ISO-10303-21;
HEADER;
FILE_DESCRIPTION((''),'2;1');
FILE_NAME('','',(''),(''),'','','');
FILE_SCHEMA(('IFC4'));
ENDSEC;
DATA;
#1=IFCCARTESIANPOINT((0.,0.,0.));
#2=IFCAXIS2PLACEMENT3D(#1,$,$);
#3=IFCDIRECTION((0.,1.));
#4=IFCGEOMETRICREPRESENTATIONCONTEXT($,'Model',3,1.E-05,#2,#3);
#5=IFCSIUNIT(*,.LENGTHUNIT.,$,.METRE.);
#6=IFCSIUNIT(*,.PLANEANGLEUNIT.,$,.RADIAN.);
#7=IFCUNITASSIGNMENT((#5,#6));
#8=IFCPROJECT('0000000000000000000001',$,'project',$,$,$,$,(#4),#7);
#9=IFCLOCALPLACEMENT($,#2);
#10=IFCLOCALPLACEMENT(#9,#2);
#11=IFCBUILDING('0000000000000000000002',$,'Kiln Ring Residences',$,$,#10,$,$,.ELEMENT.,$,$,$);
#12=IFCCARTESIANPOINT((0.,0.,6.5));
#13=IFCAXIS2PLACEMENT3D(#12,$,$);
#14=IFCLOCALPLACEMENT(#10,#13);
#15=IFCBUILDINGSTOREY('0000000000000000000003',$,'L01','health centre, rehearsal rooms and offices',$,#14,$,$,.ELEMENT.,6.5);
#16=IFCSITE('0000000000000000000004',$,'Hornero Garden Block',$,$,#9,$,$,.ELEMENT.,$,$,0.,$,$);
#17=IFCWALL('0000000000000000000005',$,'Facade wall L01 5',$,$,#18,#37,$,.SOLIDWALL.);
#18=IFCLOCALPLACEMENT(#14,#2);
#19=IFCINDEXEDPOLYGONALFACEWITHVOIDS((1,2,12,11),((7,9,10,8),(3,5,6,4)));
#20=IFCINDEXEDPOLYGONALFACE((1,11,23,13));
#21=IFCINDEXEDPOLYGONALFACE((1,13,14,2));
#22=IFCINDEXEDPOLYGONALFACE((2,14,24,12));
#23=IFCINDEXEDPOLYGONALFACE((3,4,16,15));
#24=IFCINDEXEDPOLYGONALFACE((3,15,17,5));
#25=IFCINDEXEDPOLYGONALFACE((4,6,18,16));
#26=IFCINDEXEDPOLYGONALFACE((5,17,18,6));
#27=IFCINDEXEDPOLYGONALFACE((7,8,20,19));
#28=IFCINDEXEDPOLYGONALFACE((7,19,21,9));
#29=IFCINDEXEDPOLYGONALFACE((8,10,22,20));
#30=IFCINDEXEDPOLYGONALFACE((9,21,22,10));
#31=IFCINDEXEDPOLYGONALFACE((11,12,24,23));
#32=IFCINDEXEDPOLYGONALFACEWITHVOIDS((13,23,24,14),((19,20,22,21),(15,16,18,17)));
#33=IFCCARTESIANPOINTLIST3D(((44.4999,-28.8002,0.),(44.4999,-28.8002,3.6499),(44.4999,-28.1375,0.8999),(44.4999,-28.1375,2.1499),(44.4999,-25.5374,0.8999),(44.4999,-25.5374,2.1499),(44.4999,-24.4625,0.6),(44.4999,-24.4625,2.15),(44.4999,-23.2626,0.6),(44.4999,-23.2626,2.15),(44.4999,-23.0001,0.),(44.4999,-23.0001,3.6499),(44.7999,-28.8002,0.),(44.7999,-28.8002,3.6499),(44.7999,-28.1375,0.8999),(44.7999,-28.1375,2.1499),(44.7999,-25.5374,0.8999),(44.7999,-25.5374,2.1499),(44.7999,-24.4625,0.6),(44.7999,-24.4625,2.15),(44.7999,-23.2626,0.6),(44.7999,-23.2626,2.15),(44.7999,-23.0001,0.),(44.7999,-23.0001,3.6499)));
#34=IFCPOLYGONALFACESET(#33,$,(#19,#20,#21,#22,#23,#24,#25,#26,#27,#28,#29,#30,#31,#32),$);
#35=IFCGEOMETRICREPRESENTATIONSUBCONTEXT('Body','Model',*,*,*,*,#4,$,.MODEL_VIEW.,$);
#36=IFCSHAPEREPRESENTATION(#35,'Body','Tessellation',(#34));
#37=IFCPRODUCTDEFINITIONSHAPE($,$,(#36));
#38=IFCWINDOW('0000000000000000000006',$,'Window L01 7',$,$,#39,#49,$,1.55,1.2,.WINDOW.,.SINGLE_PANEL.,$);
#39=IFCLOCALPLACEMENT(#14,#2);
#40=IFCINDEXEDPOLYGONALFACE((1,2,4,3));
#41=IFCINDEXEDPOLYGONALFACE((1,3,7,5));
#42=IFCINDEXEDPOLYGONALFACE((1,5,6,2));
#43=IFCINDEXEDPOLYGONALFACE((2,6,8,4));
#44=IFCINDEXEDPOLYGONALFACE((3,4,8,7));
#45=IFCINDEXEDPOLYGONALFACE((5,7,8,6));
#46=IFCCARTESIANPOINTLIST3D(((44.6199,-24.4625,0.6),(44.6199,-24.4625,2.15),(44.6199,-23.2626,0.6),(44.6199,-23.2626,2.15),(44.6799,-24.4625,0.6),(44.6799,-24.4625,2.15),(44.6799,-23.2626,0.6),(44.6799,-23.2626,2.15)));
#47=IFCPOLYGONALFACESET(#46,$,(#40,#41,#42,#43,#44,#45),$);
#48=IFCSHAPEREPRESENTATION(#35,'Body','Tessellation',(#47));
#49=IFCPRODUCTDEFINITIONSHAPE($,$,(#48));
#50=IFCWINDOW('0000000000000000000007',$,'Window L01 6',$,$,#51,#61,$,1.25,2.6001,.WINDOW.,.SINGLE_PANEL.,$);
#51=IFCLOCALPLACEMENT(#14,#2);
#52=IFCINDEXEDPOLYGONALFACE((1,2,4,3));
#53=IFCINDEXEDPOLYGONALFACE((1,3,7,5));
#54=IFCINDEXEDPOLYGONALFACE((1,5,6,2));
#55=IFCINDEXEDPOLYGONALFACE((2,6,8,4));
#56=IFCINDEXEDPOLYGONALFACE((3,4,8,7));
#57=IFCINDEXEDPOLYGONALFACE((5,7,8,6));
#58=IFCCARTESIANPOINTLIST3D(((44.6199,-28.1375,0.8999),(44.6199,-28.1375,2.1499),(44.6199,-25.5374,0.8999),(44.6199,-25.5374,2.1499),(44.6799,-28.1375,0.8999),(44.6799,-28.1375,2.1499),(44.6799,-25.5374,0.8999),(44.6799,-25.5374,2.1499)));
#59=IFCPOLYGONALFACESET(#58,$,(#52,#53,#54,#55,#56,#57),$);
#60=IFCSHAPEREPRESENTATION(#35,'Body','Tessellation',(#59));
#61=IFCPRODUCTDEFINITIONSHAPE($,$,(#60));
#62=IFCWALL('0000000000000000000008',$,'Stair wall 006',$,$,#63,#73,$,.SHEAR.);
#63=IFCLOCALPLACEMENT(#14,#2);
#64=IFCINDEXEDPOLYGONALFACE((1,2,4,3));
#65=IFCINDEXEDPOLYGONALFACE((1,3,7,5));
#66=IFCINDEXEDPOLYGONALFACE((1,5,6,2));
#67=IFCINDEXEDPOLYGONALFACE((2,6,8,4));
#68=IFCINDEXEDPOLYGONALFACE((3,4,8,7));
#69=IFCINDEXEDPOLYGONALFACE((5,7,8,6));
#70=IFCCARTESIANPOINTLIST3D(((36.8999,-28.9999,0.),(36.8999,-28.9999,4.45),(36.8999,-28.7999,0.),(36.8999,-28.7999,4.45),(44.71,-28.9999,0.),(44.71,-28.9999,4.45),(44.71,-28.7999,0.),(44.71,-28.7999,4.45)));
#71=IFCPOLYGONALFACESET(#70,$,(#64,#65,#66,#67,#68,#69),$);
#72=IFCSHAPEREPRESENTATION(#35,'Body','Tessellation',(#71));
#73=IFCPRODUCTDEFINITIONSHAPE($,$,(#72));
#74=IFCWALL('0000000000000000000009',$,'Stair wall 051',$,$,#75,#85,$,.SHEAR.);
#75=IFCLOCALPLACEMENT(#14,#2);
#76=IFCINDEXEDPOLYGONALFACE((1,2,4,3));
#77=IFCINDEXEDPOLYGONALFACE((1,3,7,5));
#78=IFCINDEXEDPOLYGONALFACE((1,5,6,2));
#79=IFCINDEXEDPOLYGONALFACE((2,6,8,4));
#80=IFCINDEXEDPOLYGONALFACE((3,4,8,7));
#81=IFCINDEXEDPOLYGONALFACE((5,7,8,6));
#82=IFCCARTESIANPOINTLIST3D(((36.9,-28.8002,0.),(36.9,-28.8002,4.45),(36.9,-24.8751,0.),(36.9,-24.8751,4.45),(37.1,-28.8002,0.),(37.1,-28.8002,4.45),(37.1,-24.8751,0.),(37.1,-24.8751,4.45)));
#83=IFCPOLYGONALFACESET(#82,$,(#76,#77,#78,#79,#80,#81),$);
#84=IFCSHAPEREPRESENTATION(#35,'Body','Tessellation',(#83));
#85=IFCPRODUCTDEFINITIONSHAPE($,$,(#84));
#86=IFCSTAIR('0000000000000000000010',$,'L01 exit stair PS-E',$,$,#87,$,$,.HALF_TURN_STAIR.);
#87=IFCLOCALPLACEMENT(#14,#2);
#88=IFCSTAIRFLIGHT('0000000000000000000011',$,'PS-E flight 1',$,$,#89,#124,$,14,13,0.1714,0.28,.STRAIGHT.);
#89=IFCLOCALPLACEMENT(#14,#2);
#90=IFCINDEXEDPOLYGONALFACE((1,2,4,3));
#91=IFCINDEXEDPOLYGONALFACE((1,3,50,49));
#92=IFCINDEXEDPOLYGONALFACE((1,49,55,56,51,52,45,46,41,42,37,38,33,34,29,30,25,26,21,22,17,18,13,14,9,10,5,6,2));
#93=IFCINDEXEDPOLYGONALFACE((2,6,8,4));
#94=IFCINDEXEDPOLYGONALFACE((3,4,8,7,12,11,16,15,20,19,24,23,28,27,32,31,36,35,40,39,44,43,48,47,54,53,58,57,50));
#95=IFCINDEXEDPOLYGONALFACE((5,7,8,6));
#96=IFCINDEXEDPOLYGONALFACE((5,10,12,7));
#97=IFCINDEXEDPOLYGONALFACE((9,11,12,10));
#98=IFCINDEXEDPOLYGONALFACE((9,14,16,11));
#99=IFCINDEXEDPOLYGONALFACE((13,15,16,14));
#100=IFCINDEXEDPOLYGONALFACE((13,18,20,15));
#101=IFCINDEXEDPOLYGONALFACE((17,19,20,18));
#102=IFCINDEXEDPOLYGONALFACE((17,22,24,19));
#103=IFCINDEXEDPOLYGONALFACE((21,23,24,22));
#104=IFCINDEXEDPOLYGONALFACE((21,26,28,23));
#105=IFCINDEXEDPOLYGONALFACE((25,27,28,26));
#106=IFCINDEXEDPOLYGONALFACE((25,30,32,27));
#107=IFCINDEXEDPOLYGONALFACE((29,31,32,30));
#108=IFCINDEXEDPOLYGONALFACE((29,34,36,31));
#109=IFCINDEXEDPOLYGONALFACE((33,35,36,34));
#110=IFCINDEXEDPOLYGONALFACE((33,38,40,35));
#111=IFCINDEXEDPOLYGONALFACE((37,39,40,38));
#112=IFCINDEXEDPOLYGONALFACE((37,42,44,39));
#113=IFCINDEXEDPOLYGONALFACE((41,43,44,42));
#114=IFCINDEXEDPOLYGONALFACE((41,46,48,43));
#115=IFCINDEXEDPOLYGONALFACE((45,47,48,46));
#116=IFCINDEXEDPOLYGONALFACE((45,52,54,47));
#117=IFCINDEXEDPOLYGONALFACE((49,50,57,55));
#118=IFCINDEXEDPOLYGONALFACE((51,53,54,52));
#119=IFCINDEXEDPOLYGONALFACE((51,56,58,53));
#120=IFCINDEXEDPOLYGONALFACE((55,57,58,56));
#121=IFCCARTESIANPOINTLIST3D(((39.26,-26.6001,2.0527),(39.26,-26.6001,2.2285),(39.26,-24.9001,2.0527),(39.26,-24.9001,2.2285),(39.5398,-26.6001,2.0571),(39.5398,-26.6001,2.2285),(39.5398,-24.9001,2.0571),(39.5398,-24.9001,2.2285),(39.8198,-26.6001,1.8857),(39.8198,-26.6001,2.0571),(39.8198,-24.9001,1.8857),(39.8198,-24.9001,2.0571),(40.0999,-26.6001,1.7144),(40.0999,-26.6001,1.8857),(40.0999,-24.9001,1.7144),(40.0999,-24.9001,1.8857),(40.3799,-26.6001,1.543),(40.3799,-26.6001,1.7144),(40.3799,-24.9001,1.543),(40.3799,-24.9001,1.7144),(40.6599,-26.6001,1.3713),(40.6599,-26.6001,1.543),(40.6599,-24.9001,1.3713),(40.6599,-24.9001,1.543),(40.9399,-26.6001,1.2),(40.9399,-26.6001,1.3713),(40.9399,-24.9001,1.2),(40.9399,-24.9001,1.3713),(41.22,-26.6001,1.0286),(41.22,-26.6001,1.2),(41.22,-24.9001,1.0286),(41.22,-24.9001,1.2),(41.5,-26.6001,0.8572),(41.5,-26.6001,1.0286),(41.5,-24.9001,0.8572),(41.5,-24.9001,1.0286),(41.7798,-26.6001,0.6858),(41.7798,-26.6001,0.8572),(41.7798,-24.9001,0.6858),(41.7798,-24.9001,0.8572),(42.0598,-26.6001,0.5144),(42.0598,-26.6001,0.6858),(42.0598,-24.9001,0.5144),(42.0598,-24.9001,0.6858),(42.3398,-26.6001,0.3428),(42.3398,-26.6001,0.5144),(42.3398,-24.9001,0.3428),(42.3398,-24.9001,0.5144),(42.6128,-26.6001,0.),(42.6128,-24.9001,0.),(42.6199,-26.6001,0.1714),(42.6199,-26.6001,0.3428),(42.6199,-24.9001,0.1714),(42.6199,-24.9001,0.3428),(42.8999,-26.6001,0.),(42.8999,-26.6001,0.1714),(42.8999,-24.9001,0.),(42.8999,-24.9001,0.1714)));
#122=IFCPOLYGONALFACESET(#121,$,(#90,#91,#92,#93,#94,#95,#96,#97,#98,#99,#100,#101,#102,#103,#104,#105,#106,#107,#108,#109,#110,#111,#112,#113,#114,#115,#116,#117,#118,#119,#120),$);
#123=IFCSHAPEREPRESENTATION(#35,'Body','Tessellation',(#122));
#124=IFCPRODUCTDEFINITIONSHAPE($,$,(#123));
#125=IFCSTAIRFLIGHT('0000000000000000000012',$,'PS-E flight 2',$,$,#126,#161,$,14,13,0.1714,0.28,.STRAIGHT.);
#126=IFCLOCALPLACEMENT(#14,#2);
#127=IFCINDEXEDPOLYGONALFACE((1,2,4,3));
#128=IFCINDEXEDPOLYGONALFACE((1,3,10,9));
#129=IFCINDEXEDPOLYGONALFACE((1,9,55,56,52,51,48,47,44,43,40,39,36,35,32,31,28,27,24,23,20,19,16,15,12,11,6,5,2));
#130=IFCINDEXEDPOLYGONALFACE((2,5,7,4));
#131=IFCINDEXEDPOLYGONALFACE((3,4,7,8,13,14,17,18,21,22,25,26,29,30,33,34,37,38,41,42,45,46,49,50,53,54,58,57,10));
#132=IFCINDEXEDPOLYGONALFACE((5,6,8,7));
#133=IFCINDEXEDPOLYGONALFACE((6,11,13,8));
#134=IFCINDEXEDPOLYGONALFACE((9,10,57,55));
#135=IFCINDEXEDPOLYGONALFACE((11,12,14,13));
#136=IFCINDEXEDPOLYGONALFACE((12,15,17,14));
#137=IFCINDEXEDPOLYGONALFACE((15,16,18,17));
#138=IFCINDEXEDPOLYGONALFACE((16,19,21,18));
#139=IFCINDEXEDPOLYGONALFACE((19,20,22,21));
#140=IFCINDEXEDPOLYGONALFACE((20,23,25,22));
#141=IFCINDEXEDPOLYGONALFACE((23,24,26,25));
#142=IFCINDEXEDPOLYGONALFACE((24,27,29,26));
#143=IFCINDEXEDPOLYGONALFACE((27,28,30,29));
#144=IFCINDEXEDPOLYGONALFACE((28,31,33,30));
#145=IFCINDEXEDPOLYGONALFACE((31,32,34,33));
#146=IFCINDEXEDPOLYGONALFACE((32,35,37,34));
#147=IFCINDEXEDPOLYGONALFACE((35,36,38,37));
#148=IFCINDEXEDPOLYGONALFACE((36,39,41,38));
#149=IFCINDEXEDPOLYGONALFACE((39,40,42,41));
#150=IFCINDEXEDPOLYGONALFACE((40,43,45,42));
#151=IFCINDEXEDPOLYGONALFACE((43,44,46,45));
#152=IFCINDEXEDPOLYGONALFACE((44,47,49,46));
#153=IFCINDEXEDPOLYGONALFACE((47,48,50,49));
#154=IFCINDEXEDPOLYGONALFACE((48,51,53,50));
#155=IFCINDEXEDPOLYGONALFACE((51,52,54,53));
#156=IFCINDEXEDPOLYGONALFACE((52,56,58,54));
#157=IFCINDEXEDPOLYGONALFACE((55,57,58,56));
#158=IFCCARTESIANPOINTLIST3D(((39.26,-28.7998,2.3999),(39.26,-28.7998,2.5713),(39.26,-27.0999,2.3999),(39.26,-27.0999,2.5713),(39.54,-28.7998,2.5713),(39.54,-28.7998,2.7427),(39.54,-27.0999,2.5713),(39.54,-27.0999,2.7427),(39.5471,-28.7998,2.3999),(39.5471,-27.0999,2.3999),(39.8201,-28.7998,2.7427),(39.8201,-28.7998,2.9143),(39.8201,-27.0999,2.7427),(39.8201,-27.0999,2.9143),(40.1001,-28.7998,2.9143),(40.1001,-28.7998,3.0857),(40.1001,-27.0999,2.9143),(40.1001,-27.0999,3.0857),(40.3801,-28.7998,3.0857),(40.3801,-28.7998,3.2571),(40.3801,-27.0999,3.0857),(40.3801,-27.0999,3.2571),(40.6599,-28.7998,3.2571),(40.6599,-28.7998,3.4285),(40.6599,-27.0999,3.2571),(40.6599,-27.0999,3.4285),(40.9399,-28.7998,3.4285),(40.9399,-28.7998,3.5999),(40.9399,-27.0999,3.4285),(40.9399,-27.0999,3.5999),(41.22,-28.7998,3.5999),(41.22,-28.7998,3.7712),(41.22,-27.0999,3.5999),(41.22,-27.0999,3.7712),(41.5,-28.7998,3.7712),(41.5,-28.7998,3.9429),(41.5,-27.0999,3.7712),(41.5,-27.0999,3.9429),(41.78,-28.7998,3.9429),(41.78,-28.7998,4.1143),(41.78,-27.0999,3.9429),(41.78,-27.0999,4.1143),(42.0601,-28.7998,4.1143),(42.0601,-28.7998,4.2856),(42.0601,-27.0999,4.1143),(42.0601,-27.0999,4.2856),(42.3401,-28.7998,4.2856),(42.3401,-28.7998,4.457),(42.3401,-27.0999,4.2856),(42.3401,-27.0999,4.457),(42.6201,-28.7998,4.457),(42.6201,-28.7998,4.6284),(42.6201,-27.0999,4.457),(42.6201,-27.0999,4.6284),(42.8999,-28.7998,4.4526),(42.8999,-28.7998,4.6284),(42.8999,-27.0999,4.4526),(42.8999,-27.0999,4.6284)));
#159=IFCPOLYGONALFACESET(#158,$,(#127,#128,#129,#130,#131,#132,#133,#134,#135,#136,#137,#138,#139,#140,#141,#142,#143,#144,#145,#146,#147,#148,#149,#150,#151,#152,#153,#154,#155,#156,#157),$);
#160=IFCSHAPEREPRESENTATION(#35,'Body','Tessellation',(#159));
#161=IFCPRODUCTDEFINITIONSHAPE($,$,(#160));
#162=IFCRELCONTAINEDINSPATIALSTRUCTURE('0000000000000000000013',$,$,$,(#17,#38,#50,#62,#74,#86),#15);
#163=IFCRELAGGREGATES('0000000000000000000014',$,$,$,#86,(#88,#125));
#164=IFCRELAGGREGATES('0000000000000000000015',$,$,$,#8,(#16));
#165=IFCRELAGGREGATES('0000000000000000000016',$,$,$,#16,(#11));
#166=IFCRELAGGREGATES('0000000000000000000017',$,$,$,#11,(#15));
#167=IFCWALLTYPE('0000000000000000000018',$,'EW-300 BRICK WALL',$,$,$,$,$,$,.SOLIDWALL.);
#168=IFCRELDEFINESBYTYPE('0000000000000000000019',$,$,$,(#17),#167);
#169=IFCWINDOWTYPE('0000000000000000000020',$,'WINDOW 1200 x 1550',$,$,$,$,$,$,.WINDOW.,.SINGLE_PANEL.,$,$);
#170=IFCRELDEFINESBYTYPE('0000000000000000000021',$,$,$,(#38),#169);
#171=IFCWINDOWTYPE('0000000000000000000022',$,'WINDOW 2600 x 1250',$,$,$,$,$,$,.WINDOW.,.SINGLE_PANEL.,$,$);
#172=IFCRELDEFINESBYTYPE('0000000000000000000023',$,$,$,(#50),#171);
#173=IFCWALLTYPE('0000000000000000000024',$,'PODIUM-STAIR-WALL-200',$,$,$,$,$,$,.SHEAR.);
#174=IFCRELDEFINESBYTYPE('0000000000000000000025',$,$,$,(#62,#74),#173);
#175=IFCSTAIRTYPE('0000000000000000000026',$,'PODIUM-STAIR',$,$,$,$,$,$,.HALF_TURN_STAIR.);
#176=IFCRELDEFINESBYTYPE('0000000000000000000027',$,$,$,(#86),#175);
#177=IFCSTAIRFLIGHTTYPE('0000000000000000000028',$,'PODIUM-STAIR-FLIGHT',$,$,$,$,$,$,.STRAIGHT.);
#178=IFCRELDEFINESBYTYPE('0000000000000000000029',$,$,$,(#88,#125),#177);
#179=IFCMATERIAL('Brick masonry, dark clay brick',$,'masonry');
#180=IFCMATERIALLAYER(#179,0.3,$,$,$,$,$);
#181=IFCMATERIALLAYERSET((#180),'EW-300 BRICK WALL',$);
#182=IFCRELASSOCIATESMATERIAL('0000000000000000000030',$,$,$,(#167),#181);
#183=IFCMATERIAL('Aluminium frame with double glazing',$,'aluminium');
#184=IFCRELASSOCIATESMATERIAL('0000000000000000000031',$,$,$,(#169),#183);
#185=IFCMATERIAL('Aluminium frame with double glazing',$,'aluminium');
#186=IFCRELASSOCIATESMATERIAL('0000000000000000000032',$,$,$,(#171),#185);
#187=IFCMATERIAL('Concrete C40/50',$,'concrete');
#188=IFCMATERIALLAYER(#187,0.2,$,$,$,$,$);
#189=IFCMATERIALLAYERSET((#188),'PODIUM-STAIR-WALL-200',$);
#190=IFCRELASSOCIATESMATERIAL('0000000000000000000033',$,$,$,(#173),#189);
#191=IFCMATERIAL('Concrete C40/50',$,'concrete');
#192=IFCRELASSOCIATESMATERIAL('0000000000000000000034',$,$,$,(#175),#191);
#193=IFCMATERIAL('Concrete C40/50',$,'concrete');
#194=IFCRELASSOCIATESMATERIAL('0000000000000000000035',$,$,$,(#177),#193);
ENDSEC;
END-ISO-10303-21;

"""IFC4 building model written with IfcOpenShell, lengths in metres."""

from ifc_helpers import new_model, si_unit, direction, frame, frame_2d, origin, place, context, subcontext, project, spatial, polyline, rectangle, outline, extrude, material, layer, layer_set, type_object, element, fill, aggregate, save


model = new_model("IFC4")

# Units and contexts
model_context = context("Model", 3, precision=1e-05, world=origin(), true_north=direction((0.0, 1.0)))
body_context = subcontext(model_context, "Body", "Model", "MODEL_VIEW")
ifc_project = project(units=[si_unit("LENGTHUNIT", "METRE"), si_unit("PLANEANGLEUNIT", "RADIAN")], contexts=[model_context])

# Site, building, storey
site_placement = place(None, origin())
site = spatial("IfcSite", under=ifc_project, at=site_placement, Name="Hornero Garden Block", CompositionType="ELEMENT", RefElevation=0.0)
building_placement = place(site_placement, origin())
building = spatial("IfcBuilding", under=site, at=building_placement, Name="Kiln Ring Residences", CompositionType="ELEMENT")
storey_placement = place(building_placement, frame((0.0, 0.0, 6.5)))
storey = spatial("IfcBuildingStorey", under=building, at=storey_placement, Name="L01", Description="health centre, rehearsal rooms and offices", CompositionType="ELEMENT", Elevation=6.5)

# Shared definitions
ifc_material_1 = material(Name="Brick masonry, dark clay brick", Category="masonry")
ifc_layer_1 = layer(ifc_material_1, 0.3)
ifc_layer_set_1 = layer_set([ifc_layer_1], Name="EW-300 BRICK WALL")
wall_type_1 = type_object("IfcWallType", Name="EW-300 BRICK WALL", PredefinedType="SOLIDWALL", material=ifc_layer_set_1)

# Wall, openings, windows
wall_1_placement = place(storey_placement, frame((44.6499, -28.8, 0.0), z_axis=(0.0, 0.0, 1.0), x_axis=(0.0, 1.0, 0.0)))
wall_1 = element("IfcWall", 1, at=wall_1_placement, inside=storey, type_object=wall_type_1, Name="Facade wall L01 5", PredefinedType="SOLIDWALL", context=body_context, shape_type="SweptSolid", body=[
    extrude(rectangle(XDim=5.8, YDim=0.3, at=frame_2d((2.8999, 0.0))), origin(), (0.0, 0.0, 1.0), 3.6499),
])
opening_1_placement = place(wall_1_placement, frame((0.6626, 0.0, 0.8999)))
opening_1 = element("IfcOpeningElement", 2, at=opening_1_placement, cuts=wall_1, PredefinedType="OPENING", context=body_context, shape_type="SweptSolid", body=[
    extrude(rectangle(XDim=2.6001, YDim=1.25, at=frame_2d((1.3, 0.625))), frame((0.0, 0.1599, 0.0), z_axis=(0.0, -1.0, 0.0), x_axis=(1.0, 0.0, 0.0)), (0.0, 0.0, 1.0), 0.3201),
])
opening_2_placement = place(wall_1_placement, frame((4.3374, 0.0, 0.6001)))
opening_2 = element("IfcOpeningElement", 3, at=opening_2_placement, cuts=wall_1, PredefinedType="OPENING", context=body_context, shape_type="SweptSolid", body=[
    extrude(rectangle(XDim=1.2, YDim=1.55, at=frame_2d((0.6001, 0.7749))), frame((0.0, 0.1599, 0.0), z_axis=(0.0, -1.0, 0.0), x_axis=(1.0, 0.0, 0.0)), (0.0, 0.0, 1.0), 0.3201),
])
ifc_material_2 = material(Name="Aluminium frame with double glazing", Category="aluminium")
window_type_1 = type_object("IfcWindowType", Name="WINDOW 1200 x 1550", PartitioningType="SINGLE_PANEL", PredefinedType="WINDOW", material=ifc_material_2)
window_1_placement = place(opening_2_placement, origin())
window_1 = element("IfcWindow", 4, at=window_1_placement, inside=storey, type_object=window_type_1, Name="Window L01 7", OverallHeight=1.55, OverallWidth=1.2, PartitioningType="SINGLE_PANEL", PredefinedType="WINDOW", context=body_context, shape_type="SweptSolid", body=[
    extrude(rectangle(XDim=1.2, YDim=1.55, at=frame_2d((0.6001, 0.7749))), frame((0.0, 0.03, 0.0), z_axis=(0.0, -1.0, 0.0), x_axis=(1.0, 0.0, 0.0)), (0.0, 0.0, 1.0), 0.0601),
])
fill(opening_2, window_1)
ifc_material_3 = material(Name="Aluminium frame with double glazing", Category="aluminium")
window_type_2 = type_object("IfcWindowType", Name="WINDOW 2600 x 1250", PartitioningType="SINGLE_PANEL", PredefinedType="WINDOW", material=ifc_material_3)
window_2_placement = place(opening_1_placement, origin())
window_2 = element("IfcWindow", 5, at=window_2_placement, inside=storey, type_object=window_type_2, Name="Window L01 6", OverallHeight=1.25, OverallWidth=2.6001, PartitioningType="SINGLE_PANEL", PredefinedType="WINDOW", context=body_context, shape_type="SweptSolid", body=[
    extrude(rectangle(XDim=2.6001, YDim=1.25, at=frame_2d((1.3, 0.625))), frame((0.0, 0.03, 0.0), z_axis=(0.0, -1.0, 0.0), x_axis=(1.0, 0.0, 0.0)), (0.0, 0.0, 1.0), 0.0601),
])
fill(opening_1, window_2)

# Walls
ifc_material_4 = material(Name="Concrete C40/50", Category="concrete")
ifc_layer_2 = layer(ifc_material_4, 0.2)
ifc_layer_set_2 = layer_set([ifc_layer_2], Name="PODIUM-STAIR-WALL-200")
wall_type_2 = type_object("IfcWallType", Name="PODIUM-STAIR-WALL-200", PredefinedType="SHEAR", material=ifc_layer_set_2)
wall_2_placement = place(storey_placement, frame((36.8999, -28.8999, 0.0), z_axis=(0.0, 0.0, 1.0), x_axis=(1.0, 0.0, 0.0)))
element("IfcWall", 6, at=wall_2_placement, inside=storey, type_object=wall_type_2, Name="Stair wall 006", PredefinedType="SHEAR", context=body_context, shape_type="SweptSolid", body=[
    extrude(rectangle(XDim=7.8101, YDim=0.2, at=frame_2d((3.905, 0.0))), origin(), (0.0, 0.0, 1.0), 4.45),
])
wall_3_placement = place(storey_placement, frame((37.0, -28.8, 0.0), z_axis=(0.0, 0.0, 1.0), x_axis=(0.0, 1.0, 0.0)))
element("IfcWall", 7, at=wall_3_placement, inside=storey, type_object=wall_type_2, Name="Stair wall 051", PredefinedType="SHEAR", context=body_context, shape_type="SweptSolid", body=[
    extrude(rectangle(XDim=3.925, YDim=0.2, at=frame_2d((1.9624, 0.0))), origin(), (0.0, 0.0, 1.0), 4.45),
])

# Stair, stair flights
ifc_material_5 = material(Name="Concrete C40/50", Category="concrete")
stair_type = type_object("IfcStairType", Name="PODIUM-STAIR", PredefinedType="HALF_TURN_STAIR", material=ifc_material_5)
stair_placement = place(storey_placement, origin())
stair = element("IfcStair", 8, at=stair_placement, inside=storey, type_object=stair_type, Name="L01 exit stair PS-E", PredefinedType="HALF_TURN_STAIR")
ifc_material_6 = material(Name="Concrete C40/50", Category="concrete")
stair_flight_type = type_object("IfcStairFlightType", Name="PODIUM-STAIR-FLIGHT", PredefinedType="STRAIGHT", material=ifc_material_6)
stair_flight_1_placement = place(storey_placement, frame((42.8999, -25.75, 0.0), z_axis=(0.0, 0.0, 1.0), x_axis=(-1.0, 0.0, 0.0)))
stair_flight_1 = element("IfcStairFlight", 9, at=stair_flight_1_placement, type_object=stair_flight_type, Name="PS-E flight 1", NumberOfRisers=14, NumberOfTreads=13, PredefinedType="STRAIGHT", RiserHeight=0.1714, TreadLength=0.28, context=body_context, shape_type="SweptSolid", body=[
    extrude(outline(polyline([(0.0, 0.0), (0.0, 0.1714), (0.28, 0.1714), (0.28, 0.3428), (0.5601, 0.3428), (0.5601, 0.5144), (0.8401, 0.5144), (0.8401, 0.6858), (1.1201, 0.6858), (1.1201, 0.8572), (1.3999, 0.8572), (1.3999, 1.0286), (1.6799, 1.0286), (1.6799, 1.2), (1.96, 1.2), (1.96, 1.3713), (2.24, 1.3713), (2.24, 1.543), (2.52, 1.543), (2.52, 1.7144), (2.8, 1.7144), (2.8, 1.8857), (3.0801, 1.8857), (3.0801, 2.0571), (3.3601, 2.0571), (3.3601, 2.2285), (3.6399, 2.2285), (3.6399, 2.3999), (3.6399, 2.0527), (0.2871, 0.0), (0.0, 0.0)])), frame((0.0, 0.8501, 0.0), z_axis=(0.0, -1.0, 0.0), x_axis=(1.0, 0.0, 0.0)), (0.0, 0.0, 1.0), 1.7),
])
stair_flight_2_placement = place(storey_placement, frame((39.26, -27.95, 2.3999), z_axis=(0.0, 0.0, 1.0), x_axis=(1.0, 0.0, 0.0)))
stair_flight_2 = element("IfcStairFlight", 10, at=stair_flight_2_placement, type_object=stair_flight_type, Name="PS-E flight 2", NumberOfRisers=14, NumberOfTreads=13, PredefinedType="STRAIGHT", RiserHeight=0.1714, TreadLength=0.28, context=body_context, shape_type="SweptSolid", body=[
    extrude(outline(polyline([(0.0, 0.0), (0.0, 0.1714), (0.28, 0.1714), (0.28, 0.3428), (0.5601, 0.3428), (0.5601, 0.5144), (0.8401, 0.5144), (0.8401, 0.6858), (1.1201, 0.6858), (1.1201, 0.8572), (1.3999, 0.8572), (1.3999, 1.0286), (1.6799, 1.0286), (1.6799, 1.2), (1.96, 1.2), (1.96, 1.3713), (2.24, 1.3713), (2.24, 1.543), (2.52, 1.543), (2.52, 1.7144), (2.8, 1.7144), (2.8, 1.8857), (3.0801, 1.8857), (3.0801, 2.0571), (3.3601, 2.0571), (3.3601, 2.2285), (3.6399, 2.2285), (3.6399, 2.3999), (3.6399, 2.0527), (0.2871, 0.0), (0.0, 0.0)])), frame((0.0, 0.8501, 0.0), z_axis=(0.0, -1.0, 0.0), x_axis=(1.0, 0.0, 0.0)), (0.0, 0.0, 1.0), 1.7),
])
aggregate(stair, [stair_flight_1, stair_flight_2])

save(model, "model.ifc")
